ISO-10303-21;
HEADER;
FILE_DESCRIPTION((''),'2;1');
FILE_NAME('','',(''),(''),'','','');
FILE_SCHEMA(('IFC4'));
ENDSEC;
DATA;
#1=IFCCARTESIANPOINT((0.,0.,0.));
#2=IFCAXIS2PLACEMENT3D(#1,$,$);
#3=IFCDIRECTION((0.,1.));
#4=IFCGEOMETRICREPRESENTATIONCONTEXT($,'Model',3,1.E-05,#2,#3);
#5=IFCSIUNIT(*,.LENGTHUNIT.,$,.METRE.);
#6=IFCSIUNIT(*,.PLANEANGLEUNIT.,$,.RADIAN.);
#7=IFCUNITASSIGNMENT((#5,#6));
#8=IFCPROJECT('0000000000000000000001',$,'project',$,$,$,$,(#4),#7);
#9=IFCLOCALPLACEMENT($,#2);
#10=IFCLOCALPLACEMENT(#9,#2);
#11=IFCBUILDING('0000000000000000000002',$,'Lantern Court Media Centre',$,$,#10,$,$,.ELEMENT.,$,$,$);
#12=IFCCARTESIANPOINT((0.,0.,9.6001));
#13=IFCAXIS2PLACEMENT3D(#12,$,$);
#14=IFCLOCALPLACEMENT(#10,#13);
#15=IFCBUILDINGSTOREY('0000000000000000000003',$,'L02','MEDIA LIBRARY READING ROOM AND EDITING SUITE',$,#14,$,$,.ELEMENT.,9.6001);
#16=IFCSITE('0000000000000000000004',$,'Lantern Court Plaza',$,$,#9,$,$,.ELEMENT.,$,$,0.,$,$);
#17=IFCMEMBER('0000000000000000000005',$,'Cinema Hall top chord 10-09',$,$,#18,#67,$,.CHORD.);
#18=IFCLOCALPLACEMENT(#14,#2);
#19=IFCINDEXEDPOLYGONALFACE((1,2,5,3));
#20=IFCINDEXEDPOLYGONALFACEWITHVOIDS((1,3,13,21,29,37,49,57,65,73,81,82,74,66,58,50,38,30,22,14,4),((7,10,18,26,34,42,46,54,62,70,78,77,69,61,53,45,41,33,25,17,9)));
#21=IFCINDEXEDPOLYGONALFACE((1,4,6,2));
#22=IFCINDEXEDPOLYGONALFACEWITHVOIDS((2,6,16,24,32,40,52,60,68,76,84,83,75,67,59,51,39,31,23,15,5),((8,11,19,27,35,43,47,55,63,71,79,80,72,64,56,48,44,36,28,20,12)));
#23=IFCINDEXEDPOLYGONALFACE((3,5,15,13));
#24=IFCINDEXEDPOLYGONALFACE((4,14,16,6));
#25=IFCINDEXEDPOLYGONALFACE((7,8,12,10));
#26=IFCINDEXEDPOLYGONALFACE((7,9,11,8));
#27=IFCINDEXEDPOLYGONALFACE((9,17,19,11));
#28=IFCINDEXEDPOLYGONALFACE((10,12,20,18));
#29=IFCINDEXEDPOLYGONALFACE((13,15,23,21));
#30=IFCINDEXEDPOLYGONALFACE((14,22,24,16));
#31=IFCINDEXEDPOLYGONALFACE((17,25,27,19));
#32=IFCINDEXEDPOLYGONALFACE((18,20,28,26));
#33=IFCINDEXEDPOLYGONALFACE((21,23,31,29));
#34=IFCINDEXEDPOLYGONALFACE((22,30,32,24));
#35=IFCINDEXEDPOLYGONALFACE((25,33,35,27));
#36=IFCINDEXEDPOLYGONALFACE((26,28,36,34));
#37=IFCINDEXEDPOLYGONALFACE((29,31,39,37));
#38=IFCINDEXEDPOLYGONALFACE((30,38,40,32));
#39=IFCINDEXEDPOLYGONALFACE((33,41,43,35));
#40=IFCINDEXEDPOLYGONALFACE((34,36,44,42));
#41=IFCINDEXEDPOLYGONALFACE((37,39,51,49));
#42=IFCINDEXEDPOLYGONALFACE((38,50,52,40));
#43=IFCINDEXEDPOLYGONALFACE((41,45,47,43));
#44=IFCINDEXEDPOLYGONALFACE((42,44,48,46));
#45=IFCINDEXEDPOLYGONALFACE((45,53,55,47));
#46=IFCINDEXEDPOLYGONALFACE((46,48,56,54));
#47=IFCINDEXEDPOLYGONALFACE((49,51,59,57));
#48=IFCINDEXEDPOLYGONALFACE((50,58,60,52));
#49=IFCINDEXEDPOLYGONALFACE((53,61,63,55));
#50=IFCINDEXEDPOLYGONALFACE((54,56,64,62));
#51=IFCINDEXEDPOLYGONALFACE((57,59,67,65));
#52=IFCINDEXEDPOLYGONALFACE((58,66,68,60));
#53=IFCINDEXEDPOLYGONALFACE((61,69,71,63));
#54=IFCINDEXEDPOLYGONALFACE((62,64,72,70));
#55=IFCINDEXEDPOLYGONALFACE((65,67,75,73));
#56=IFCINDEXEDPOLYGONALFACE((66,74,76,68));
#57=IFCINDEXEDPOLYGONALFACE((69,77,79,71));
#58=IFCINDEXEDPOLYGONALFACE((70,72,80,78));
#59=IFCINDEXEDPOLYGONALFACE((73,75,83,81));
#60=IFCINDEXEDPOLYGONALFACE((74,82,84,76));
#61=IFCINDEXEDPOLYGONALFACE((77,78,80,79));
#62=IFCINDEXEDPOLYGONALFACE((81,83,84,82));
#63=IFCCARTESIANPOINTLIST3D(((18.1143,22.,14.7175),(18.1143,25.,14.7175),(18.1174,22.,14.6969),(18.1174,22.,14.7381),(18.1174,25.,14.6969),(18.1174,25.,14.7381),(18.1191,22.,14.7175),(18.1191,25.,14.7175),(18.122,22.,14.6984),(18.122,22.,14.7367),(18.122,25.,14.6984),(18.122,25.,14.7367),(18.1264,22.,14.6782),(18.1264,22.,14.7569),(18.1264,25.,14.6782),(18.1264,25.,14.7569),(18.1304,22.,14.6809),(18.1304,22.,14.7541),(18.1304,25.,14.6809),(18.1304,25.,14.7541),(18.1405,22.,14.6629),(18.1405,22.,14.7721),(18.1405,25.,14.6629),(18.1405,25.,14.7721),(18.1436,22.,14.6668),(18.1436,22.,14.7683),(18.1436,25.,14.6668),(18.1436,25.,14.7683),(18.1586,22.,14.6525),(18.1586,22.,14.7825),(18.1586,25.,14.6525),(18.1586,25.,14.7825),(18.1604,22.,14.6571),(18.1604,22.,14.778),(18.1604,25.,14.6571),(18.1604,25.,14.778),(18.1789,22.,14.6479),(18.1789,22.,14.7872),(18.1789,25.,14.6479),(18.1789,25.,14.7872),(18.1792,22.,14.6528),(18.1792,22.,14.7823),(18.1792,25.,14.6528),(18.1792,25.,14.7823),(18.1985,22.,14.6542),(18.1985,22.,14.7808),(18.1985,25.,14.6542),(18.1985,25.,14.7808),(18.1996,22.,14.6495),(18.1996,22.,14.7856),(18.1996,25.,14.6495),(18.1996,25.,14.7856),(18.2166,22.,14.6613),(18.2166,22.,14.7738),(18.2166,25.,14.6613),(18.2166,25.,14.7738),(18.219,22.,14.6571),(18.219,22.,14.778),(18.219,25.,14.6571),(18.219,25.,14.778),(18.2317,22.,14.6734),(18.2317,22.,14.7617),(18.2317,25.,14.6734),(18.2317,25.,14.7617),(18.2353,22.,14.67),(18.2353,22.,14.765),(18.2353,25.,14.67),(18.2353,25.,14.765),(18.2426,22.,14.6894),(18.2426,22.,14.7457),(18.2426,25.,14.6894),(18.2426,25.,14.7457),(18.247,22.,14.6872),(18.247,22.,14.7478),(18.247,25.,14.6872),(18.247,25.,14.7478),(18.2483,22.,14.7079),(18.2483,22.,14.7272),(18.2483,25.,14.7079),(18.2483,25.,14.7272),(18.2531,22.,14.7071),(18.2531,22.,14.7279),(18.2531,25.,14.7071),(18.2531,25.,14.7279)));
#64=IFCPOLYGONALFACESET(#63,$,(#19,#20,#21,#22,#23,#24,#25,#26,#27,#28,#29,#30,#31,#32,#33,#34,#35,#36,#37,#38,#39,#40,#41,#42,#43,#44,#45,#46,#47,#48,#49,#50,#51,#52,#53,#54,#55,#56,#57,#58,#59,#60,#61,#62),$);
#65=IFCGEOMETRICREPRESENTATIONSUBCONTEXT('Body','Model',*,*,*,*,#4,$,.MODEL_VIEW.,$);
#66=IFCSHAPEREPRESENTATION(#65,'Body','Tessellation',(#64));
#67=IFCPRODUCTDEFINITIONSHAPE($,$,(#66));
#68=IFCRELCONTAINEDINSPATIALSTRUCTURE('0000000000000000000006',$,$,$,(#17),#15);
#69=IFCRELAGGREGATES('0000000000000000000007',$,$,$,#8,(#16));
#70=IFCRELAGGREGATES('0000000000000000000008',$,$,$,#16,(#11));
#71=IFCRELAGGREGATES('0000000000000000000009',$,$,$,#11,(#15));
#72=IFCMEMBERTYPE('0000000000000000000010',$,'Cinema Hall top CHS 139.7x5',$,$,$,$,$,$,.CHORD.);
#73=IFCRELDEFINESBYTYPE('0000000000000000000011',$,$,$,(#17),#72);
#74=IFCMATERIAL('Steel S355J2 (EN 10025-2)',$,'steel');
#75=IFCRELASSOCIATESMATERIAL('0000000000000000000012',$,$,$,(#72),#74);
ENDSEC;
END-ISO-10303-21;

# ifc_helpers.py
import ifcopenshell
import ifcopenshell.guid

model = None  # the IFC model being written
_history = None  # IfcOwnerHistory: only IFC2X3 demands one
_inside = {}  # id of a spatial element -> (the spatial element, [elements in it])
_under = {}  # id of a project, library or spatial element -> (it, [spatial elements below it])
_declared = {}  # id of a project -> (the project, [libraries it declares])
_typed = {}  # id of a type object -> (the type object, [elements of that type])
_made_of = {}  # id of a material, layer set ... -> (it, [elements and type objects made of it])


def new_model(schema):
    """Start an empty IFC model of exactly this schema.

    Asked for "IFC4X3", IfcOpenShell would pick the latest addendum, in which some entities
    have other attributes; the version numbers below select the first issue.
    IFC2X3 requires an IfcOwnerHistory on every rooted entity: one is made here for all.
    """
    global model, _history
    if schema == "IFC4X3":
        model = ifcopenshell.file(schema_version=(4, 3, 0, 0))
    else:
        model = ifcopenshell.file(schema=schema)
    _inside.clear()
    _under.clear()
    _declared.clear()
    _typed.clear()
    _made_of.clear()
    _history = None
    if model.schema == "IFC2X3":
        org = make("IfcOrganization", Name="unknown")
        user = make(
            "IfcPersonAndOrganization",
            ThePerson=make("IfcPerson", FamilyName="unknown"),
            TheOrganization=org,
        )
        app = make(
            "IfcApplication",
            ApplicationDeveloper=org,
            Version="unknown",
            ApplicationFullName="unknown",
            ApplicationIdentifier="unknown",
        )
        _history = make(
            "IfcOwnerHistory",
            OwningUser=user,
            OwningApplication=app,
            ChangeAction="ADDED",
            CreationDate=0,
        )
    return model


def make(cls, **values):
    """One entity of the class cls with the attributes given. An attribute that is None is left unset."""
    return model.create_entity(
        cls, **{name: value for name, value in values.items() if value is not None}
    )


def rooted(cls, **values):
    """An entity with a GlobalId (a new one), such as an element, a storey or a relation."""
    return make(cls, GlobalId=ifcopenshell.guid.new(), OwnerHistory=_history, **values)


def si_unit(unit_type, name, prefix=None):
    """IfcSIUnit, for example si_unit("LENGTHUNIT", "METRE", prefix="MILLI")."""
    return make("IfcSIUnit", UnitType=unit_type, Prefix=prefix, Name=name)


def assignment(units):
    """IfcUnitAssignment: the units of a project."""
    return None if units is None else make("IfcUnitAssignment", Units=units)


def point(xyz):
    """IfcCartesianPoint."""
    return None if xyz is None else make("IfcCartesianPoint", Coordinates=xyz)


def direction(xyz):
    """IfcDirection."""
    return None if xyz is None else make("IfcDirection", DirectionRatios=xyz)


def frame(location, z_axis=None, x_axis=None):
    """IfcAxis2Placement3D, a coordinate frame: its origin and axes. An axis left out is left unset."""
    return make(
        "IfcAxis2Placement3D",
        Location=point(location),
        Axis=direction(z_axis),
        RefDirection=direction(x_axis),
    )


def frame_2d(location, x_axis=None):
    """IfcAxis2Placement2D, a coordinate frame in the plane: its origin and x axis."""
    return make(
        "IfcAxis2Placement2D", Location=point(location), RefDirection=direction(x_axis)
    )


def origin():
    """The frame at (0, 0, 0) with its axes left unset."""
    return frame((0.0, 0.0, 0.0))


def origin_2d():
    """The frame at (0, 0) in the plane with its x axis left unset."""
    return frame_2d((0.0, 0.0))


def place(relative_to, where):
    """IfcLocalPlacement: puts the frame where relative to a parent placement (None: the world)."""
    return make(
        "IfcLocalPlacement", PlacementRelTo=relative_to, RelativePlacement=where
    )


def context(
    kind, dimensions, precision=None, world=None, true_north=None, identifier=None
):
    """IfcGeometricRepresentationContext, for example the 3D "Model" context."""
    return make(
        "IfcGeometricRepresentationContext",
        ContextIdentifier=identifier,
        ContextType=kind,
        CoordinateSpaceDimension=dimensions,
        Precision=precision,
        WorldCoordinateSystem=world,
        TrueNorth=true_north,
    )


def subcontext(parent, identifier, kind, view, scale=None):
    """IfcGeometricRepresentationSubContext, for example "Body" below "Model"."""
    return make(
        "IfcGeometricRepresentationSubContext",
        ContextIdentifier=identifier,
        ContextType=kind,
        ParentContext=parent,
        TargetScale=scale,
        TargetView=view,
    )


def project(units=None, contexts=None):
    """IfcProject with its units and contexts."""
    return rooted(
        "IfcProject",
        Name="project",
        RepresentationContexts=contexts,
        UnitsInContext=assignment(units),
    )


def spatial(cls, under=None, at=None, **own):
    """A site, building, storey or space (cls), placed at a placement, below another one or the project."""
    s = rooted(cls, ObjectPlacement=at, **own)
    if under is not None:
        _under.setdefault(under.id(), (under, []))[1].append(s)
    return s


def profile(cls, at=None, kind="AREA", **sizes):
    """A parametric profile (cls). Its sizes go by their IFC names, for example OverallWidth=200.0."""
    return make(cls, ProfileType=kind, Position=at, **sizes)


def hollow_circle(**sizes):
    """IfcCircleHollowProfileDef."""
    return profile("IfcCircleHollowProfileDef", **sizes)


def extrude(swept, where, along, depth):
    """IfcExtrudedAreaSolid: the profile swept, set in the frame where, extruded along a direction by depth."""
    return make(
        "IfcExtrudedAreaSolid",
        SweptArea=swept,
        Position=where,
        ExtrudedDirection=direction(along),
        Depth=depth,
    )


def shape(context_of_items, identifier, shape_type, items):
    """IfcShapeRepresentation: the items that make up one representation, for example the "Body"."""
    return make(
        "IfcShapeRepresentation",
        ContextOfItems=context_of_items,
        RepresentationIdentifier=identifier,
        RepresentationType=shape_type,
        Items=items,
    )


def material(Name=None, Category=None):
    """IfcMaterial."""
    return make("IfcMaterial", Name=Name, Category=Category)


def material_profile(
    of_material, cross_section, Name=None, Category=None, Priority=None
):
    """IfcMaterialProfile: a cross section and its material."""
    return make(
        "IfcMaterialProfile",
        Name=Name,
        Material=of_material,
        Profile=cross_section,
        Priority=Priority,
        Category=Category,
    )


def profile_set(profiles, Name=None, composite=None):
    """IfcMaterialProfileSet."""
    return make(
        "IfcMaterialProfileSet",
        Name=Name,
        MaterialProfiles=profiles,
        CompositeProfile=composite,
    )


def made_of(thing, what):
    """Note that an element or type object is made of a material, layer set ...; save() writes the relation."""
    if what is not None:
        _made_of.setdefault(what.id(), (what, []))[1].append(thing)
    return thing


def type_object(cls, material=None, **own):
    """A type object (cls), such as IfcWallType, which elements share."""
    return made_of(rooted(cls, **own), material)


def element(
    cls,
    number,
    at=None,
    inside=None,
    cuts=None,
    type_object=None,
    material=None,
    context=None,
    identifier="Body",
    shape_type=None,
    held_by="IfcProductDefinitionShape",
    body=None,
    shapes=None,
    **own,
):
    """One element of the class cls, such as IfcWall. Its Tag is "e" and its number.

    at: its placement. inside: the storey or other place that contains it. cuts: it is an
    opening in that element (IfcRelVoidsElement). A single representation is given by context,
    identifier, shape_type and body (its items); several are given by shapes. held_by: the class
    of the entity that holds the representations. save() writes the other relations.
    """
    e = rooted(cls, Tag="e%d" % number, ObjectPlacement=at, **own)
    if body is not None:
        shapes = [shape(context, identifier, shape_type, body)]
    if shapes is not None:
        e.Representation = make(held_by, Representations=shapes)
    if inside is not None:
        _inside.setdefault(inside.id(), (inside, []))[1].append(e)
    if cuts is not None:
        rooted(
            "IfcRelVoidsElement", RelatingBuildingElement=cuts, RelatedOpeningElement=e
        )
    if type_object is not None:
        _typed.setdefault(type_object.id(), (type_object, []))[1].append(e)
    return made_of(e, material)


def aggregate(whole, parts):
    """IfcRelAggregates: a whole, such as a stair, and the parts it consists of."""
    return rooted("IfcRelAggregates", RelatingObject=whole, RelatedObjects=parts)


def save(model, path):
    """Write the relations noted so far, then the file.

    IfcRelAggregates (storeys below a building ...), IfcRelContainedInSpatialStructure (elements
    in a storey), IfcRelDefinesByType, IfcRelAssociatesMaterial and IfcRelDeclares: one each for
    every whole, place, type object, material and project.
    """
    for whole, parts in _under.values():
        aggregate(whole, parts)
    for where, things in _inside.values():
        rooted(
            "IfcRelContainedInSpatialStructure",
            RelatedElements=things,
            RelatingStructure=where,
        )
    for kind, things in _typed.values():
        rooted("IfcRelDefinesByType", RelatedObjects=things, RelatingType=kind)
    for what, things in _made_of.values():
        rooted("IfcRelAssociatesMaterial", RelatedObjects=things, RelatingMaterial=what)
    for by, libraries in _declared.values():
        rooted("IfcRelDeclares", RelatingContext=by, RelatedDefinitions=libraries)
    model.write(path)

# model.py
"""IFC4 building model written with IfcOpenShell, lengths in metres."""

from ifc_helpers import new_model, si_unit, direction, frame, origin, origin_2d, place, context, subcontext, project, spatial, hollow_circle, extrude, material, material_profile, profile_set, type_object, element, save


model = new_model("IFC4")

# Units and contexts
model_context = context("Model", 3, precision=1e-05, world=origin(), true_north=direction((0.0, 1.0)))
body_context = subcontext(model_context, "Body", "Model", "MODEL_VIEW")
ifc_project = project(units=[si_unit("LENGTHUNIT", "METRE"), si_unit("PLANEANGLEUNIT", "RADIAN")], contexts=[model_context])

# Site, building, storey
site_placement = place(None, origin())
site = spatial("IfcSite", under=ifc_project, at=site_placement, Name="Lantern Court Plaza", CompositionType="ELEMENT", RefElevation=0.0)
building_placement = place(site_placement, origin())
building = spatial("IfcBuilding", under=site, at=building_placement, Name="Lantern Court Media Centre", CompositionType="ELEMENT")
storey_placement = place(building_placement, frame((0.0, 0.0, 9.6001)))
storey = spatial("IfcBuildingStorey", under=building, at=storey_placement, Name="L02", Description="MEDIA LIBRARY READING ROOM AND EDITING SUITE", CompositionType="ELEMENT", Elevation=9.6001)

# Member
ifc_material = material(Name="Steel S355J2 (EN 10025-2)", Category="steel")
ifc_material_profile_1 = material_profile(ifc_material, hollow_circle(Radius=0.0698, WallThickness=0.0049, at=origin_2d()), Name="Cinema Hall top CHS 139.7x5")
ifc_profile_set_1 = profile_set([ifc_material_profile_1], Name="Steel S355J2 (EN 10025-2)")
member_type_1 = type_object("IfcMemberType", Name="Cinema Hall top CHS 139.7x5", PredefinedType="CHORD", material=ifc_profile_set_1)
for number, where, z_axis, x_axis, name in (
    (1, (18.1841, 22.0, 14.7175), (0.0, 1.0, 0.0), (-1.0, 0.0, 0.0), "Cinema Hall top chord 10-09"),
):
    element("IfcMember", number, at=place(storey_placement, frame(where, z_axis=z_axis, x_axis=x_axis)), inside=storey, type_object=member_type_1, Name=name, PredefinedType="CHORD", context=body_context, shape_type="SweptSolid", body=[
        extrude(hollow_circle(Radius=0.0698, WallThickness=0.0049, at=origin_2d()), origin(), (0.0, 0.0, 1.0), 3.0),
    ])

save(model, "model.ifc")
